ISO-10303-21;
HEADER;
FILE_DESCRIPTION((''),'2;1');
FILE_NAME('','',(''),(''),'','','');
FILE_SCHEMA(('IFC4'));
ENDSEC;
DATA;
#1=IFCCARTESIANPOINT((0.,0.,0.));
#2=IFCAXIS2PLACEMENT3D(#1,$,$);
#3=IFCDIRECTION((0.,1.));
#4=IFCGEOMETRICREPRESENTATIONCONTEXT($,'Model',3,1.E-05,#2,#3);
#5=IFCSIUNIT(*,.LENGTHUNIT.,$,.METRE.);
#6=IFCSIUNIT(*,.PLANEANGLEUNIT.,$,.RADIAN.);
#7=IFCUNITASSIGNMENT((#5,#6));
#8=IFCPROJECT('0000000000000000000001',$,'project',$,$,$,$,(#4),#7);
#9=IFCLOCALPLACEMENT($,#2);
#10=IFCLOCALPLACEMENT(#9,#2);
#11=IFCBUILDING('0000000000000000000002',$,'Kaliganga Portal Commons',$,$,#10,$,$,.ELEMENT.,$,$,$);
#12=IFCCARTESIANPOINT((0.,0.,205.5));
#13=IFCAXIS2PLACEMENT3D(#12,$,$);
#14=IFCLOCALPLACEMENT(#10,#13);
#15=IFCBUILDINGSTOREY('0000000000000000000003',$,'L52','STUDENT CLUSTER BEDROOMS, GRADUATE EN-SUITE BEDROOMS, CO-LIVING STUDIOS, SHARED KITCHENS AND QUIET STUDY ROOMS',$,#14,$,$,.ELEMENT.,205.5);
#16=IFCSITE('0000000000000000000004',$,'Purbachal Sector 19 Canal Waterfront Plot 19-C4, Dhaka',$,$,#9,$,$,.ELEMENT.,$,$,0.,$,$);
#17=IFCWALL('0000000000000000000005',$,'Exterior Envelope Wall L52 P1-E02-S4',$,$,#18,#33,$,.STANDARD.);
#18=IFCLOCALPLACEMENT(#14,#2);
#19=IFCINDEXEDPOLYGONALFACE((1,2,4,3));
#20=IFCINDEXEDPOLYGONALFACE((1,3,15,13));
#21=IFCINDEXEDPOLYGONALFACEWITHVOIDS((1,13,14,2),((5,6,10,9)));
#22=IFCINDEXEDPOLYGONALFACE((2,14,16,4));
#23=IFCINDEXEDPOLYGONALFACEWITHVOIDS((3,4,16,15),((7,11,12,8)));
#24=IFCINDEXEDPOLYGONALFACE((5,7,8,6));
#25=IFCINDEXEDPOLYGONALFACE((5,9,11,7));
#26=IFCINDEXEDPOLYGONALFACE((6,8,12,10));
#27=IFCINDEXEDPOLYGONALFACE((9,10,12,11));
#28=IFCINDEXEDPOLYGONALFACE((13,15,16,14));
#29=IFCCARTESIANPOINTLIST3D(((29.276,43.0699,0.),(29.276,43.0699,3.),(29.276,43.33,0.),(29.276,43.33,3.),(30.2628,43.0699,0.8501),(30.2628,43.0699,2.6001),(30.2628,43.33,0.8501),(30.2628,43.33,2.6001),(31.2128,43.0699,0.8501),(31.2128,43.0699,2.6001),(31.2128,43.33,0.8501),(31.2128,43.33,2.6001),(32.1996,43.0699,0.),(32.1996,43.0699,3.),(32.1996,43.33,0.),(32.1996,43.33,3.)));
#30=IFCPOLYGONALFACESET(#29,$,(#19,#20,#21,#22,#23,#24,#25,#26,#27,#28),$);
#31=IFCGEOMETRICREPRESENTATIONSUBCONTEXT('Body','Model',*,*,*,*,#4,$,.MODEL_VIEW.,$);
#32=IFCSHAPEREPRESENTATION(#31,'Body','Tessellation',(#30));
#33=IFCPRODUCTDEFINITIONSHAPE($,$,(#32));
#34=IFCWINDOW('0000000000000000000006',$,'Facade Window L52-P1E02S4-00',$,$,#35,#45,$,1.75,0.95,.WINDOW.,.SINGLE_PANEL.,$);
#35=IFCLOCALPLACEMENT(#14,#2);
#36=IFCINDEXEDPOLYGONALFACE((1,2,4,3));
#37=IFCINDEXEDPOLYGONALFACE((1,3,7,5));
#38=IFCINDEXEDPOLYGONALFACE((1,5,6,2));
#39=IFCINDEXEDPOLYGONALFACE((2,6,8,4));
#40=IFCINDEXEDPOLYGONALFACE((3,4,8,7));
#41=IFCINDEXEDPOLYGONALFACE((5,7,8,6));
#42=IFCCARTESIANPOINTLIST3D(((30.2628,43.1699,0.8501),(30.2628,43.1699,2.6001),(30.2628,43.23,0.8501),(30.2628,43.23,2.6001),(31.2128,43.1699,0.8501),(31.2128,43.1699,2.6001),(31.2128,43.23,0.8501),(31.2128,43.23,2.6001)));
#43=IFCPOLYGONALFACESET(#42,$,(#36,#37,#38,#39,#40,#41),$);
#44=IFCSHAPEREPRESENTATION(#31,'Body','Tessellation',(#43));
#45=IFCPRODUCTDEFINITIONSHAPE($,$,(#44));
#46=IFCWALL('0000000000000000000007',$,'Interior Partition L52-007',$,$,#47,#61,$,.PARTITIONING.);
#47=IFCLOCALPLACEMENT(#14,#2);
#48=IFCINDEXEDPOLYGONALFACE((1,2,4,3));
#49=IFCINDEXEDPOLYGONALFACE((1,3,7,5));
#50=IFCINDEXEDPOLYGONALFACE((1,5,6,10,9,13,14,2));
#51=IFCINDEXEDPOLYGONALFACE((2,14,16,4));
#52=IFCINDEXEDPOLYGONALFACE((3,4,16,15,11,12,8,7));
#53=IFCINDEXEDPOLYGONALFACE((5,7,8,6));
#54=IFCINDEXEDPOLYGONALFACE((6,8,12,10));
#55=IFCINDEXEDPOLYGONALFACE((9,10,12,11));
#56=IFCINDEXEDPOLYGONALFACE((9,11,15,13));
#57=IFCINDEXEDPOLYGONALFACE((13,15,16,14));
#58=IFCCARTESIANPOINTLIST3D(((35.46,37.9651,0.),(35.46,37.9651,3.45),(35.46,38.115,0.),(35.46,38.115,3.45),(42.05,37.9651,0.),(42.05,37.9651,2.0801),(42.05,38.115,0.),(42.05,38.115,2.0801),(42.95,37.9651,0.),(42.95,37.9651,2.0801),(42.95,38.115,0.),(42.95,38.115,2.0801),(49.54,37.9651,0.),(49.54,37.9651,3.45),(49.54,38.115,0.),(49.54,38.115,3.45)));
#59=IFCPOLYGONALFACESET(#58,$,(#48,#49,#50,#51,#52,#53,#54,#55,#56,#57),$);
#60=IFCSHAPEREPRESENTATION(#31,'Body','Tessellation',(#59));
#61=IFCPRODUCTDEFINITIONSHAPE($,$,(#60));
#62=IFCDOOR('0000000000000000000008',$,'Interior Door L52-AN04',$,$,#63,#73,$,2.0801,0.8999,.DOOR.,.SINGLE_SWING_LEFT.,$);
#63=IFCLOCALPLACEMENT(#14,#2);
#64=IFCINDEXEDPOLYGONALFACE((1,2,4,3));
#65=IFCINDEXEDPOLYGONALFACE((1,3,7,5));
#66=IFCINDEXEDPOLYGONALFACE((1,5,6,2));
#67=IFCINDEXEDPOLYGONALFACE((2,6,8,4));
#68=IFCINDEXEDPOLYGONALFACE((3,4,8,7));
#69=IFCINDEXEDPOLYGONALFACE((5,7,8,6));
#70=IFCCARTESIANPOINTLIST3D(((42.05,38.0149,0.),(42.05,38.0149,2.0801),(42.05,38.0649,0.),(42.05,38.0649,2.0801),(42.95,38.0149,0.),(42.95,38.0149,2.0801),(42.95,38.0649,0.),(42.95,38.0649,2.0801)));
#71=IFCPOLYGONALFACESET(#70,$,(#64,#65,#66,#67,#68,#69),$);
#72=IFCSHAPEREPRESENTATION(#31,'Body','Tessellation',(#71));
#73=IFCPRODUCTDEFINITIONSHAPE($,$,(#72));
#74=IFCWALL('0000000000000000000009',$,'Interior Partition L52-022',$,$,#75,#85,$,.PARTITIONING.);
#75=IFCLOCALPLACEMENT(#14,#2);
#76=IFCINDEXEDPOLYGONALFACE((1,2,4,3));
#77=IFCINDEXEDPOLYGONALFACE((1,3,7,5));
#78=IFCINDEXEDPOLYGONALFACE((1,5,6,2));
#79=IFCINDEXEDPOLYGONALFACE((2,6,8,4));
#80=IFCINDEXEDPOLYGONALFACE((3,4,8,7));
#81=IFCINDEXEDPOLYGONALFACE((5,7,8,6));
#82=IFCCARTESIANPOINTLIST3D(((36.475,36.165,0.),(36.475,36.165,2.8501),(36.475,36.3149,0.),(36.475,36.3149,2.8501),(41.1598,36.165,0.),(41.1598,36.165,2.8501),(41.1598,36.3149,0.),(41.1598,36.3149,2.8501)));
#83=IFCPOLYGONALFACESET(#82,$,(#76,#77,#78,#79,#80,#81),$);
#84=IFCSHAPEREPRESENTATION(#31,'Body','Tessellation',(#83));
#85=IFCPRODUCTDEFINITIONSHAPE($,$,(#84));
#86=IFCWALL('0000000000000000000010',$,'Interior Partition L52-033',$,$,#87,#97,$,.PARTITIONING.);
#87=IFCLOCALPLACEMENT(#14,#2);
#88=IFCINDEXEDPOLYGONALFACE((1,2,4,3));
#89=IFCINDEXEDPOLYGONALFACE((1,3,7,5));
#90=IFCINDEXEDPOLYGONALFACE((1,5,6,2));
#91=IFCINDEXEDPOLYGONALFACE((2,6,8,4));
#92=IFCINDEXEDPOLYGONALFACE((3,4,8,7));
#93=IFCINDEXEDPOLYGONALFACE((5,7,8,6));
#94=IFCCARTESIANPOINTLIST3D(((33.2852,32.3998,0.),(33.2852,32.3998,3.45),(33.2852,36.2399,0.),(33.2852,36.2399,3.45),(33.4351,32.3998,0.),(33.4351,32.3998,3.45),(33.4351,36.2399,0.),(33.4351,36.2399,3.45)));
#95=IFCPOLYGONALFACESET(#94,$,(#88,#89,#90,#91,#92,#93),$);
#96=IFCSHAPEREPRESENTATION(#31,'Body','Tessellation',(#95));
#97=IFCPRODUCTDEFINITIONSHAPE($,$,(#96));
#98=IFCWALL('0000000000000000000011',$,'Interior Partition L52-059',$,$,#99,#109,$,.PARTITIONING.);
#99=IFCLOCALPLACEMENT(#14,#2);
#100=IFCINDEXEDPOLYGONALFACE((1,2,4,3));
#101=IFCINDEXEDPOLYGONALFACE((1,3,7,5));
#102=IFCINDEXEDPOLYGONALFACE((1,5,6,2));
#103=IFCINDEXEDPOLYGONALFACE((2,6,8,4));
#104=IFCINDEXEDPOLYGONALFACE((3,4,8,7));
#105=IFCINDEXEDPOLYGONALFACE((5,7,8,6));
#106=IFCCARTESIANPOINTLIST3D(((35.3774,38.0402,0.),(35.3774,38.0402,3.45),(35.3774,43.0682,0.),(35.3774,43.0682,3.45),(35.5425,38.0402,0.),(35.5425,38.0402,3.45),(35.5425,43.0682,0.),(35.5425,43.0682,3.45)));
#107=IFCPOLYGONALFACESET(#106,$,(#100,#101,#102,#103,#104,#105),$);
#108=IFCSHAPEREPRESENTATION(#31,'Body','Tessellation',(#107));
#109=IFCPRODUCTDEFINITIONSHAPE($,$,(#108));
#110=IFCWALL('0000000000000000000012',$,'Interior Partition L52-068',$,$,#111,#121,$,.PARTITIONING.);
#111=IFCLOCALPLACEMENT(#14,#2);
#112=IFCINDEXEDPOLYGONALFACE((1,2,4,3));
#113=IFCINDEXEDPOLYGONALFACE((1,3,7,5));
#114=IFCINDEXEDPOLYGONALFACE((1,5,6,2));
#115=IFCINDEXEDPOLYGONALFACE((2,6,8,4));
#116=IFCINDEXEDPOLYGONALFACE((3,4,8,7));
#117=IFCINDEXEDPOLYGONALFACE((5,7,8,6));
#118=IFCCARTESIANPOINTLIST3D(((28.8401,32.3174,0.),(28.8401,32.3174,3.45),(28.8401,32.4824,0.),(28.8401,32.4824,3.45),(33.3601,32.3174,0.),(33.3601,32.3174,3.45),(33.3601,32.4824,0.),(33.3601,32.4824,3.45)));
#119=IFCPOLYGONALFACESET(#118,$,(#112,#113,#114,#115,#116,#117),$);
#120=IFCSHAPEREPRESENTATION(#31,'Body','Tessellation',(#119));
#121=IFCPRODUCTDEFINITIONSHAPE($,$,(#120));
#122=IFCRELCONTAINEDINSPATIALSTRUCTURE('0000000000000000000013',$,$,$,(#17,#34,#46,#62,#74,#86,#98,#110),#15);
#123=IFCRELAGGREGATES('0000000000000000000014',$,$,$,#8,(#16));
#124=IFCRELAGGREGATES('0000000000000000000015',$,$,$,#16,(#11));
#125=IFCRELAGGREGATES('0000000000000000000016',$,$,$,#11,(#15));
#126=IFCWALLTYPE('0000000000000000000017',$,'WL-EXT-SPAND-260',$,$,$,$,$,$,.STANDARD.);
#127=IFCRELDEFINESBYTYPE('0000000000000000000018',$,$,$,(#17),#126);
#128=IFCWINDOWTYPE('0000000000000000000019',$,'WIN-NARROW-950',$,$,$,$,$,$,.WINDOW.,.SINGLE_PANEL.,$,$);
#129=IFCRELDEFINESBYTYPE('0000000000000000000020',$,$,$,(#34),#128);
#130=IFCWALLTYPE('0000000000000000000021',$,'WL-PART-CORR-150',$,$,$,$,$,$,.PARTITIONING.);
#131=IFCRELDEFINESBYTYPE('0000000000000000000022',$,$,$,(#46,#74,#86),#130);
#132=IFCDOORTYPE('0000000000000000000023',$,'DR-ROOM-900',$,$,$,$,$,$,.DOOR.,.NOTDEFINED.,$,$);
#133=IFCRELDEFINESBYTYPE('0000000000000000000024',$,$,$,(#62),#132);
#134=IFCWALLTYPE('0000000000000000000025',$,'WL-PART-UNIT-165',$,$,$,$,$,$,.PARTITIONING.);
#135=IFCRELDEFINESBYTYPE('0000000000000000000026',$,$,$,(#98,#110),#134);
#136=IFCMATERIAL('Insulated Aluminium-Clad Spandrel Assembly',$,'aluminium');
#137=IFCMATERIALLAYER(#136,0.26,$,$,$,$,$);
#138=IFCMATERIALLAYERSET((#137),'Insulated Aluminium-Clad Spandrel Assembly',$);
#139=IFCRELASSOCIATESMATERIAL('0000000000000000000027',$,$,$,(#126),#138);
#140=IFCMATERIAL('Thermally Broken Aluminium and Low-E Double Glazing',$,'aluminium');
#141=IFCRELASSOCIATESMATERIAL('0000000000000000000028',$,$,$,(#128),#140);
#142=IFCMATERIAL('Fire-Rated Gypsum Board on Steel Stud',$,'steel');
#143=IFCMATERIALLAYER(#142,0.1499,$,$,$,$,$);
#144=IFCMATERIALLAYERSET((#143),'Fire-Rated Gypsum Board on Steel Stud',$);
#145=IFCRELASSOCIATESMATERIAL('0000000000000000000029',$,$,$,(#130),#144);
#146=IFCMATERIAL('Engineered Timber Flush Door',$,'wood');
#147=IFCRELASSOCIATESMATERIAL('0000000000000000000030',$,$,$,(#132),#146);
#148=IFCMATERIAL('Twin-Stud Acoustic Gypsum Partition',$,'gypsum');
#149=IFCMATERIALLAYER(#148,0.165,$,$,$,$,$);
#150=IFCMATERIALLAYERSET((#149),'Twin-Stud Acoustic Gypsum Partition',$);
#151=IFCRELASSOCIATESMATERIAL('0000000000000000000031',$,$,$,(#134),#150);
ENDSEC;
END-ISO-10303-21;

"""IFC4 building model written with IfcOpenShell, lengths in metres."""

from ifc_helpers import new_model, si_unit, direction, frame, frame_2d, origin, place, context, subcontext, project, spatial, rectangle, extrude, material, layer, layer_set, type_object, element, fill, save


model = new_model("IFC4")

# Units and contexts
model_context = context("Model", 3, precision=1e-05, world=origin(), true_north=direction((0.0, 1.0)))
body_context = subcontext(model_context, "Body", "Model", "MODEL_VIEW")
ifc_project = project(units=[si_unit("LENGTHUNIT", "METRE"), si_unit("PLANEANGLEUNIT", "RADIAN")], contexts=[model_context])

# Site, building, storey
site_placement = place(None, origin())
site = spatial("IfcSite", under=ifc_project, at=site_placement, Name="Purbachal Sector 19 Canal Waterfront Plot 19-C4, Dhaka", CompositionType="ELEMENT", RefElevation=0.0)
building_placement = place(site_placement, origin())
building = spatial("IfcBuilding", under=site, at=building_placement, Name="Kaliganga Portal Commons", CompositionType="ELEMENT")
storey_placement = place(building_placement, frame((0.0, 0.0, 205.5)))
storey = spatial("IfcBuildingStorey", under=building, at=storey_placement, Name="L52", Description="STUDENT CLUSTER BEDROOMS, GRADUATE EN-SUITE BEDROOMS, CO-LIVING STUDIOS, SHARED KITCHENS AND QUIET STUDY ROOMS", CompositionType="ELEMENT", Elevation=205.5)

# Shared definitions
ifc_material_1 = material(Name="Insulated Aluminium-Clad Spandrel Assembly", Category="aluminium")
ifc_layer_1 = layer(ifc_material_1, 0.26)
ifc_layer_set_1 = layer_set([ifc_layer_1], Name="Insulated Aluminium-Clad Spandrel Assembly")
wall_type_1 = type_object("IfcWallType", Name="WL-EXT-SPAND-260", PredefinedType="STANDARD", material=ifc_layer_set_1)
ifc_material_2 = material(Name="Thermally Broken Aluminium and Low-E Double Glazing", Category="aluminium")

# Wall, opening, window
window_type_1 = type_object("IfcWindowType", Name="WIN-NARROW-950", PartitioningType="SINGLE_PANEL", PredefinedType="WINDOW", material=ifc_material_2)
wall_1_placement = place(storey_placement, frame((29.2759, 43.2, 0.0), z_axis=(0.0, 0.0, 1.0), x_axis=(1.0, 0.0, 0.0)))
wall_1 = element("IfcWall", 1, at=wall_1_placement, inside=storey, type_object=wall_type_1, Name="Exterior Envelope Wall L52 P1-E02-S4", PredefinedType="STANDARD", context=body_context, shape_type="SweptSolid", body=[
    extrude(rectangle(XDim=2.9236, YDim=0.26, at=frame_2d((1.4619, 0.0))), origin(), (0.0, 0.0, 1.0), 3.0),
])
opening_1_placement = place(wall_1_placement, frame((0.9868, 0.0, 0.8501)))
opening_1 = element("IfcOpeningElement", 2, at=opening_1_placement, cuts=wall_1, PredefinedType="OPENING", context=body_context, shape_type="SweptSolid", body=[
    extrude(rectangle(XDim=0.95, YDim=1.75, at=frame_2d((0.4751, 0.875))), frame((0.0, 0.1401, 0.0), z_axis=(0.0, -1.0, 0.0), x_axis=(1.0, 0.0, 0.0)), (0.0, 0.0, 1.0), 0.28),
])
window_1_placement = place(opening_1_placement, origin())
window_1 = element("IfcWindow", 3, at=window_1_placement, inside=storey, type_object=window_type_1, Name="Facade Window L52-P1E02S4-00", OverallHeight=1.75, OverallWidth=0.95, PartitioningType="SINGLE_PANEL", PredefinedType="WINDOW", context=body_context, shape_type="SweptSolid", body=[
    extrude(rectangle(XDim=0.95, YDim=1.75, at=frame_2d((0.4751, 0.875))), frame((0.0, 0.03, 0.0), z_axis=(0.0, -1.0, 0.0), x_axis=(1.0, 0.0, 0.0)), (0.0, 0.0, 1.0), 0.0601),
])
fill(opening_1, window_1)

# Wall, opening, door
ifc_material_3 = material(Name="Fire-Rated Gypsum Board on Steel Stud", Category="steel")
ifc_layer_2 = layer(ifc_material_3, 0.1499)
ifc_layer_set_2 = layer_set([ifc_layer_2], Name="Fire-Rated Gypsum Board on Steel Stud")
wall_type_2 = type_object("IfcWallType", Name="WL-PART-CORR-150", PredefinedType="PARTITIONING", material=ifc_layer_set_2)
wall_2_placement = place(storey_placement, frame((35.46, 38.04, 0.0), z_axis=(0.0, 0.0, 1.0), x_axis=(1.0, 0.0, 0.0)))
wall_2 = element("IfcWall", 4, at=wall_2_placement, inside=storey, type_object=wall_type_2, Name="Interior Partition L52-007", PredefinedType="PARTITIONING", context=body_context, shape_type="SweptSolid", body=[
    extrude(rectangle(XDim=14.0801, YDim=0.1499, at=frame_2d((7.04, 0.0))), origin(), (0.0, 0.0, 1.0), 3.45),
])
opening_2_placement = place(wall_2_placement, frame((6.5901, 0.0, 0.0)))
opening_2 = element("IfcOpeningElement", 5, at=opening_2_placement, cuts=wall_2, PredefinedType="OPENING", context=body_context, shape_type="SweptSolid", body=[
    extrude(rectangle(XDim=0.8999, YDim=2.0801, at=frame_2d((0.45, 1.04))), frame((0.0, 0.085, 0.0), z_axis=(0.0, -1.0, 0.0), x_axis=(1.0, 0.0, 0.0)), (0.0, 0.0, 1.0), 0.1699),
])
ifc_material_4 = material(Name="Engineered Timber Flush Door", Category="wood")
door_type_1 = type_object("IfcDoorType", Name="DR-ROOM-900", OperationType="NOTDEFINED", PredefinedType="DOOR", material=ifc_material_4)
door_1_placement = place(opening_2_placement, origin())
door_1 = element("IfcDoor", 6, at=door_1_placement, inside=storey, type_object=door_type_1, Name="Interior Door L52-AN04", OperationType="SINGLE_SWING_LEFT", OverallHeight=2.0801, OverallWidth=0.8999, PredefinedType="DOOR", context=body_context, shape_type="SweptSolid", body=[
    extrude(rectangle(XDim=0.8999, YDim=2.0801, at=frame_2d((0.45, 1.04))), frame((0.0, 0.0249, 0.0), z_axis=(0.0, -1.0, 0.0), x_axis=(1.0, 0.0, 0.0)), (0.0, 0.0, 1.0), 0.05),
])
fill(opening_2, door_1)

# Wall
wall_3_placement = place(storey_placement, frame((36.4751, 36.24, 0.0), z_axis=(0.0, 0.0, 1.0), x_axis=(1.0, 0.0, 0.0)))
element("IfcWall", 7, at=wall_3_placement, inside=storey, type_object=wall_type_2, Name="Interior Partition L52-022", PredefinedType="PARTITIONING", context=body_context, shape_type="SweptSolid", body=[
    extrude(rectangle(XDim=4.6848, YDim=0.1499, at=frame_2d((2.3423, 0.0))), origin(), (0.0, 0.0, 1.0), 2.8501),
])

# Walls
wall_4_placement = place(storey_placement, frame((33.3601, 32.3999, 0.0), z_axis=(0.0, 0.0, 1.0), x_axis=(0.0, 1.0, 0.0)))
element("IfcWall", 8, at=wall_4_placement, inside=storey, type_object=wall_type_2, Name="Interior Partition L52-033", PredefinedType="PARTITIONING", context=body_context, shape_type="SweptSolid", body=[
    extrude(rectangle(XDim=3.8401, YDim=0.1499, at=frame_2d((1.9199, 0.0))), origin(), (0.0, 0.0, 1.0), 3.45),
])
ifc_material_5 = material(Name="Twin-Stud Acoustic Gypsum Partition", Category="gypsum")
ifc_layer_3 = layer(ifc_material_5, 0.165)
ifc_layer_set_3 = layer_set([ifc_layer_3], Name="Twin-Stud Acoustic Gypsum Partition")
wall_type_3 = type_object("IfcWallType", Name="WL-PART-UNIT-165", PredefinedType="PARTITIONING", material=ifc_layer_set_3)
wall_5_placement = place(storey_placement, frame((35.46, 38.04, 0.0), z_axis=(0.0, 0.0, 1.0), x_axis=(0.0, 1.0, 0.0)))
element("IfcWall", 9, at=wall_5_placement, inside=storey, type_object=wall_type_3, Name="Interior Partition L52-059", PredefinedType="PARTITIONING", context=body_context, shape_type="SweptSolid", body=[
    extrude(rectangle(XDim=5.0281, YDim=0.165, at=frame_2d((2.5142, 0.0))), origin(), (0.0, 0.0, 1.0), 3.45),
])
wall_6_placement = place(storey_placement, frame((28.8401, 32.3999, 0.0), z_axis=(0.0, 0.0, 1.0), x_axis=(1.0, 0.0, 0.0)))
element("IfcWall", 10, at=wall_6_placement, inside=storey, type_object=wall_type_3, Name="Interior Partition L52-068", PredefinedType="PARTITIONING", context=body_context, shape_type="SweptSolid", body=[
    extrude(rectangle(XDim=4.52, YDim=0.165, at=frame_2d((2.26, 0.0))), origin(), (0.0, 0.0, 1.0), 3.45),
])

save(model, "model.ifc")
